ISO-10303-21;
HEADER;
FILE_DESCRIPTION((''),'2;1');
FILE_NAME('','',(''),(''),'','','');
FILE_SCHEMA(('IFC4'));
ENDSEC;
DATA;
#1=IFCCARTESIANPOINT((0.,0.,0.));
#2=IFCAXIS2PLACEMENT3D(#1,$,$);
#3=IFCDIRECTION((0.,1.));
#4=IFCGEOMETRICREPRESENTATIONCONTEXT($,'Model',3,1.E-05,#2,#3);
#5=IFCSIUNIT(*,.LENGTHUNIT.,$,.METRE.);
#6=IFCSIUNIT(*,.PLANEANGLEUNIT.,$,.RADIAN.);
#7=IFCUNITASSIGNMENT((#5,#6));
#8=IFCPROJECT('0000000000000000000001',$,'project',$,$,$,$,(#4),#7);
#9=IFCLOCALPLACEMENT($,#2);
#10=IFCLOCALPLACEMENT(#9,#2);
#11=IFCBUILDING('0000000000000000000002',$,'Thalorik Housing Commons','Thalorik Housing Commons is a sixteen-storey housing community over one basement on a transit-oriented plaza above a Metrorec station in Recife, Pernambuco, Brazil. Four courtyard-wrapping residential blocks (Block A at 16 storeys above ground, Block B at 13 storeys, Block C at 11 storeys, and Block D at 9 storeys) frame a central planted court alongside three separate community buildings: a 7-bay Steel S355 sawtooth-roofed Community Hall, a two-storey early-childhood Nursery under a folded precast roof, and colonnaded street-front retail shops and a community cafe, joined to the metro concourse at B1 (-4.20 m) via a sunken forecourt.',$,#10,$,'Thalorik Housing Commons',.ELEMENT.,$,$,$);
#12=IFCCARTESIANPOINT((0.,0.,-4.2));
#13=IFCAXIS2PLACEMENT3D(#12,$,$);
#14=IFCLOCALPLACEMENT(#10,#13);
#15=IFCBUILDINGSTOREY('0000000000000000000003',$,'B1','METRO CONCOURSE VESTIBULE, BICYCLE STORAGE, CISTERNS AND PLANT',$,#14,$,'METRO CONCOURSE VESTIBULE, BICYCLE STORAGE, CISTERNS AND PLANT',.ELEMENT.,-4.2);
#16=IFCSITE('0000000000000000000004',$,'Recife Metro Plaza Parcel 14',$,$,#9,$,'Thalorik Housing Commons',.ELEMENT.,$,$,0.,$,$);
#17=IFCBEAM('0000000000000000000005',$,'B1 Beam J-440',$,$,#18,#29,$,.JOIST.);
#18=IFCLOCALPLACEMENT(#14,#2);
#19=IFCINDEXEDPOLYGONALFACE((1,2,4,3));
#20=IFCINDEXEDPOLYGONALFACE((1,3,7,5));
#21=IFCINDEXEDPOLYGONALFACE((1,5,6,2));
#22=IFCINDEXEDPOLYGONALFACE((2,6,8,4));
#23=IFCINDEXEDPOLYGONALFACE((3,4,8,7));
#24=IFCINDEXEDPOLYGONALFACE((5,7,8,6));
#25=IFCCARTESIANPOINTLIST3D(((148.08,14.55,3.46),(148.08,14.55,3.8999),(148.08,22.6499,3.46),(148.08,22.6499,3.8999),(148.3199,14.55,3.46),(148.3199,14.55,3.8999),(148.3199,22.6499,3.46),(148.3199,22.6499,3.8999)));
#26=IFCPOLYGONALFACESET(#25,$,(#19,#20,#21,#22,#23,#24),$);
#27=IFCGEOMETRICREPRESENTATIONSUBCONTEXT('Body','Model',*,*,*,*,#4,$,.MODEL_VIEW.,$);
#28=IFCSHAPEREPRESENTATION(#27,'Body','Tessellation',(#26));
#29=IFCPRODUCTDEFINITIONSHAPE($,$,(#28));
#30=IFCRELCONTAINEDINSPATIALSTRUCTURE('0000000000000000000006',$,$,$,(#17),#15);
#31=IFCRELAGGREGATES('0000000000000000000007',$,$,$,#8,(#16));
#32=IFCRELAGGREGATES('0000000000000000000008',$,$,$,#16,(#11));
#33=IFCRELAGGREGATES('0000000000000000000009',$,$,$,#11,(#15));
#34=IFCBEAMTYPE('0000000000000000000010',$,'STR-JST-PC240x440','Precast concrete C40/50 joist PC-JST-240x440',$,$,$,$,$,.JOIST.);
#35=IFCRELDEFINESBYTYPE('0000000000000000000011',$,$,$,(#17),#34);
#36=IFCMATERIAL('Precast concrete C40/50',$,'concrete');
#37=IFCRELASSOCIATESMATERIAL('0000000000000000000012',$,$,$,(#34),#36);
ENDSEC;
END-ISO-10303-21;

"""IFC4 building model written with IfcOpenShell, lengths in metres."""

from ifc_helpers import new_model, si_unit, direction, frame, origin, origin_2d, place, context, subcontext, project, spatial, rectangle, extrude, material, material_profile, profile_set, type_object, element, save


model = new_model("IFC4")

# Units and contexts
model_context = context("Model", 3, precision=1e-05, world=origin(), true_north=direction((0.0, 1.0)))
body_context = subcontext(model_context, "Body", "Model", "MODEL_VIEW")
ifc_project = project(units=[si_unit("LENGTHUNIT", "METRE"), si_unit("PLANEANGLEUNIT", "RADIAN")], contexts=[model_context])

# Site, building, storey
site_placement = place(None, origin())
site = spatial("IfcSite", under=ifc_project, at=site_placement, Name="Recife Metro Plaza Parcel 14", LongName="Thalorik Housing Commons", CompositionType="ELEMENT", RefElevation=0.0)
building_placement = place(site_placement, origin())
building = spatial("IfcBuilding", under=site, at=building_placement, Name="Thalorik Housing Commons", Description="Thalorik Housing Commons is a sixteen-storey housing community over one basement on a transit-oriented plaza above a Metrorec station in Recife, Pernambuco, Brazil. Four courtyard-wrapping residential blocks (Block A at 16 storeys above ground, Block B at 13 storeys, Block C at 11 storeys, and Block D at 9 storeys) frame a central planted court alongside three separate community buildings: a 7-bay Steel S355 sawtooth-roofed Community Hall, a two-storey early-childhood Nursery under a folded precast roof, and colonnaded street-front retail shops and a community cafe, joined to the metro concourse at B1 (-4.20 m) via a sunken forecourt.", LongName="Thalorik Housing Commons", CompositionType="ELEMENT")
storey_placement = place(building_placement, frame((0.0, 0.0, -4.2)))
storey = spatial("IfcBuildingStorey", under=building, at=storey_placement, Name="B1", Description="METRO CONCOURSE VESTIBULE, BICYCLE STORAGE, CISTERNS AND PLANT", LongName="METRO CONCOURSE VESTIBULE, BICYCLE STORAGE, CISTERNS AND PLANT", CompositionType="ELEMENT", Elevation=-4.2)

# Shared definitions
ifc_material_1 = material(Name="Precast concrete C40/50", Category="concrete")

# Beam
ifc_material_profile_1 = material_profile(ifc_material_1, rectangle(XDim=0.24, YDim=0.4399, at=origin_2d()), Name="PC JST 240x440", Category="concrete")
ifc_profile_set_1 = profile_set([ifc_material_profile_1], Name="Precast concrete C40/50")
beam_type_1 = type_object("IfcBeamType", Name="STR-JST-PC240x440", Description="Precast concrete C40/50 joist PC-JST-240x440", PredefinedType="JOIST", material=ifc_profile_set_1)
beam_1_placement = place(storey_placement, frame((148.2, 14.55, 3.6799), z_axis=(0.0, 1.0, 0.0), x_axis=(-1.0, 0.0, 0.0)))
element("IfcBeam", 1, at=beam_1_placement, inside=storey, type_object=beam_type_1, Name="B1 Beam J-440", PredefinedType="JOIST", context=body_context, shape_type="SweptSolid", body=[
    extrude(rectangle(XDim=0.24, YDim=0.4399, at=origin_2d()), origin(), (0.0, 0.0, 1.0), 8.0999),
])

save(model, "model.ifc")
